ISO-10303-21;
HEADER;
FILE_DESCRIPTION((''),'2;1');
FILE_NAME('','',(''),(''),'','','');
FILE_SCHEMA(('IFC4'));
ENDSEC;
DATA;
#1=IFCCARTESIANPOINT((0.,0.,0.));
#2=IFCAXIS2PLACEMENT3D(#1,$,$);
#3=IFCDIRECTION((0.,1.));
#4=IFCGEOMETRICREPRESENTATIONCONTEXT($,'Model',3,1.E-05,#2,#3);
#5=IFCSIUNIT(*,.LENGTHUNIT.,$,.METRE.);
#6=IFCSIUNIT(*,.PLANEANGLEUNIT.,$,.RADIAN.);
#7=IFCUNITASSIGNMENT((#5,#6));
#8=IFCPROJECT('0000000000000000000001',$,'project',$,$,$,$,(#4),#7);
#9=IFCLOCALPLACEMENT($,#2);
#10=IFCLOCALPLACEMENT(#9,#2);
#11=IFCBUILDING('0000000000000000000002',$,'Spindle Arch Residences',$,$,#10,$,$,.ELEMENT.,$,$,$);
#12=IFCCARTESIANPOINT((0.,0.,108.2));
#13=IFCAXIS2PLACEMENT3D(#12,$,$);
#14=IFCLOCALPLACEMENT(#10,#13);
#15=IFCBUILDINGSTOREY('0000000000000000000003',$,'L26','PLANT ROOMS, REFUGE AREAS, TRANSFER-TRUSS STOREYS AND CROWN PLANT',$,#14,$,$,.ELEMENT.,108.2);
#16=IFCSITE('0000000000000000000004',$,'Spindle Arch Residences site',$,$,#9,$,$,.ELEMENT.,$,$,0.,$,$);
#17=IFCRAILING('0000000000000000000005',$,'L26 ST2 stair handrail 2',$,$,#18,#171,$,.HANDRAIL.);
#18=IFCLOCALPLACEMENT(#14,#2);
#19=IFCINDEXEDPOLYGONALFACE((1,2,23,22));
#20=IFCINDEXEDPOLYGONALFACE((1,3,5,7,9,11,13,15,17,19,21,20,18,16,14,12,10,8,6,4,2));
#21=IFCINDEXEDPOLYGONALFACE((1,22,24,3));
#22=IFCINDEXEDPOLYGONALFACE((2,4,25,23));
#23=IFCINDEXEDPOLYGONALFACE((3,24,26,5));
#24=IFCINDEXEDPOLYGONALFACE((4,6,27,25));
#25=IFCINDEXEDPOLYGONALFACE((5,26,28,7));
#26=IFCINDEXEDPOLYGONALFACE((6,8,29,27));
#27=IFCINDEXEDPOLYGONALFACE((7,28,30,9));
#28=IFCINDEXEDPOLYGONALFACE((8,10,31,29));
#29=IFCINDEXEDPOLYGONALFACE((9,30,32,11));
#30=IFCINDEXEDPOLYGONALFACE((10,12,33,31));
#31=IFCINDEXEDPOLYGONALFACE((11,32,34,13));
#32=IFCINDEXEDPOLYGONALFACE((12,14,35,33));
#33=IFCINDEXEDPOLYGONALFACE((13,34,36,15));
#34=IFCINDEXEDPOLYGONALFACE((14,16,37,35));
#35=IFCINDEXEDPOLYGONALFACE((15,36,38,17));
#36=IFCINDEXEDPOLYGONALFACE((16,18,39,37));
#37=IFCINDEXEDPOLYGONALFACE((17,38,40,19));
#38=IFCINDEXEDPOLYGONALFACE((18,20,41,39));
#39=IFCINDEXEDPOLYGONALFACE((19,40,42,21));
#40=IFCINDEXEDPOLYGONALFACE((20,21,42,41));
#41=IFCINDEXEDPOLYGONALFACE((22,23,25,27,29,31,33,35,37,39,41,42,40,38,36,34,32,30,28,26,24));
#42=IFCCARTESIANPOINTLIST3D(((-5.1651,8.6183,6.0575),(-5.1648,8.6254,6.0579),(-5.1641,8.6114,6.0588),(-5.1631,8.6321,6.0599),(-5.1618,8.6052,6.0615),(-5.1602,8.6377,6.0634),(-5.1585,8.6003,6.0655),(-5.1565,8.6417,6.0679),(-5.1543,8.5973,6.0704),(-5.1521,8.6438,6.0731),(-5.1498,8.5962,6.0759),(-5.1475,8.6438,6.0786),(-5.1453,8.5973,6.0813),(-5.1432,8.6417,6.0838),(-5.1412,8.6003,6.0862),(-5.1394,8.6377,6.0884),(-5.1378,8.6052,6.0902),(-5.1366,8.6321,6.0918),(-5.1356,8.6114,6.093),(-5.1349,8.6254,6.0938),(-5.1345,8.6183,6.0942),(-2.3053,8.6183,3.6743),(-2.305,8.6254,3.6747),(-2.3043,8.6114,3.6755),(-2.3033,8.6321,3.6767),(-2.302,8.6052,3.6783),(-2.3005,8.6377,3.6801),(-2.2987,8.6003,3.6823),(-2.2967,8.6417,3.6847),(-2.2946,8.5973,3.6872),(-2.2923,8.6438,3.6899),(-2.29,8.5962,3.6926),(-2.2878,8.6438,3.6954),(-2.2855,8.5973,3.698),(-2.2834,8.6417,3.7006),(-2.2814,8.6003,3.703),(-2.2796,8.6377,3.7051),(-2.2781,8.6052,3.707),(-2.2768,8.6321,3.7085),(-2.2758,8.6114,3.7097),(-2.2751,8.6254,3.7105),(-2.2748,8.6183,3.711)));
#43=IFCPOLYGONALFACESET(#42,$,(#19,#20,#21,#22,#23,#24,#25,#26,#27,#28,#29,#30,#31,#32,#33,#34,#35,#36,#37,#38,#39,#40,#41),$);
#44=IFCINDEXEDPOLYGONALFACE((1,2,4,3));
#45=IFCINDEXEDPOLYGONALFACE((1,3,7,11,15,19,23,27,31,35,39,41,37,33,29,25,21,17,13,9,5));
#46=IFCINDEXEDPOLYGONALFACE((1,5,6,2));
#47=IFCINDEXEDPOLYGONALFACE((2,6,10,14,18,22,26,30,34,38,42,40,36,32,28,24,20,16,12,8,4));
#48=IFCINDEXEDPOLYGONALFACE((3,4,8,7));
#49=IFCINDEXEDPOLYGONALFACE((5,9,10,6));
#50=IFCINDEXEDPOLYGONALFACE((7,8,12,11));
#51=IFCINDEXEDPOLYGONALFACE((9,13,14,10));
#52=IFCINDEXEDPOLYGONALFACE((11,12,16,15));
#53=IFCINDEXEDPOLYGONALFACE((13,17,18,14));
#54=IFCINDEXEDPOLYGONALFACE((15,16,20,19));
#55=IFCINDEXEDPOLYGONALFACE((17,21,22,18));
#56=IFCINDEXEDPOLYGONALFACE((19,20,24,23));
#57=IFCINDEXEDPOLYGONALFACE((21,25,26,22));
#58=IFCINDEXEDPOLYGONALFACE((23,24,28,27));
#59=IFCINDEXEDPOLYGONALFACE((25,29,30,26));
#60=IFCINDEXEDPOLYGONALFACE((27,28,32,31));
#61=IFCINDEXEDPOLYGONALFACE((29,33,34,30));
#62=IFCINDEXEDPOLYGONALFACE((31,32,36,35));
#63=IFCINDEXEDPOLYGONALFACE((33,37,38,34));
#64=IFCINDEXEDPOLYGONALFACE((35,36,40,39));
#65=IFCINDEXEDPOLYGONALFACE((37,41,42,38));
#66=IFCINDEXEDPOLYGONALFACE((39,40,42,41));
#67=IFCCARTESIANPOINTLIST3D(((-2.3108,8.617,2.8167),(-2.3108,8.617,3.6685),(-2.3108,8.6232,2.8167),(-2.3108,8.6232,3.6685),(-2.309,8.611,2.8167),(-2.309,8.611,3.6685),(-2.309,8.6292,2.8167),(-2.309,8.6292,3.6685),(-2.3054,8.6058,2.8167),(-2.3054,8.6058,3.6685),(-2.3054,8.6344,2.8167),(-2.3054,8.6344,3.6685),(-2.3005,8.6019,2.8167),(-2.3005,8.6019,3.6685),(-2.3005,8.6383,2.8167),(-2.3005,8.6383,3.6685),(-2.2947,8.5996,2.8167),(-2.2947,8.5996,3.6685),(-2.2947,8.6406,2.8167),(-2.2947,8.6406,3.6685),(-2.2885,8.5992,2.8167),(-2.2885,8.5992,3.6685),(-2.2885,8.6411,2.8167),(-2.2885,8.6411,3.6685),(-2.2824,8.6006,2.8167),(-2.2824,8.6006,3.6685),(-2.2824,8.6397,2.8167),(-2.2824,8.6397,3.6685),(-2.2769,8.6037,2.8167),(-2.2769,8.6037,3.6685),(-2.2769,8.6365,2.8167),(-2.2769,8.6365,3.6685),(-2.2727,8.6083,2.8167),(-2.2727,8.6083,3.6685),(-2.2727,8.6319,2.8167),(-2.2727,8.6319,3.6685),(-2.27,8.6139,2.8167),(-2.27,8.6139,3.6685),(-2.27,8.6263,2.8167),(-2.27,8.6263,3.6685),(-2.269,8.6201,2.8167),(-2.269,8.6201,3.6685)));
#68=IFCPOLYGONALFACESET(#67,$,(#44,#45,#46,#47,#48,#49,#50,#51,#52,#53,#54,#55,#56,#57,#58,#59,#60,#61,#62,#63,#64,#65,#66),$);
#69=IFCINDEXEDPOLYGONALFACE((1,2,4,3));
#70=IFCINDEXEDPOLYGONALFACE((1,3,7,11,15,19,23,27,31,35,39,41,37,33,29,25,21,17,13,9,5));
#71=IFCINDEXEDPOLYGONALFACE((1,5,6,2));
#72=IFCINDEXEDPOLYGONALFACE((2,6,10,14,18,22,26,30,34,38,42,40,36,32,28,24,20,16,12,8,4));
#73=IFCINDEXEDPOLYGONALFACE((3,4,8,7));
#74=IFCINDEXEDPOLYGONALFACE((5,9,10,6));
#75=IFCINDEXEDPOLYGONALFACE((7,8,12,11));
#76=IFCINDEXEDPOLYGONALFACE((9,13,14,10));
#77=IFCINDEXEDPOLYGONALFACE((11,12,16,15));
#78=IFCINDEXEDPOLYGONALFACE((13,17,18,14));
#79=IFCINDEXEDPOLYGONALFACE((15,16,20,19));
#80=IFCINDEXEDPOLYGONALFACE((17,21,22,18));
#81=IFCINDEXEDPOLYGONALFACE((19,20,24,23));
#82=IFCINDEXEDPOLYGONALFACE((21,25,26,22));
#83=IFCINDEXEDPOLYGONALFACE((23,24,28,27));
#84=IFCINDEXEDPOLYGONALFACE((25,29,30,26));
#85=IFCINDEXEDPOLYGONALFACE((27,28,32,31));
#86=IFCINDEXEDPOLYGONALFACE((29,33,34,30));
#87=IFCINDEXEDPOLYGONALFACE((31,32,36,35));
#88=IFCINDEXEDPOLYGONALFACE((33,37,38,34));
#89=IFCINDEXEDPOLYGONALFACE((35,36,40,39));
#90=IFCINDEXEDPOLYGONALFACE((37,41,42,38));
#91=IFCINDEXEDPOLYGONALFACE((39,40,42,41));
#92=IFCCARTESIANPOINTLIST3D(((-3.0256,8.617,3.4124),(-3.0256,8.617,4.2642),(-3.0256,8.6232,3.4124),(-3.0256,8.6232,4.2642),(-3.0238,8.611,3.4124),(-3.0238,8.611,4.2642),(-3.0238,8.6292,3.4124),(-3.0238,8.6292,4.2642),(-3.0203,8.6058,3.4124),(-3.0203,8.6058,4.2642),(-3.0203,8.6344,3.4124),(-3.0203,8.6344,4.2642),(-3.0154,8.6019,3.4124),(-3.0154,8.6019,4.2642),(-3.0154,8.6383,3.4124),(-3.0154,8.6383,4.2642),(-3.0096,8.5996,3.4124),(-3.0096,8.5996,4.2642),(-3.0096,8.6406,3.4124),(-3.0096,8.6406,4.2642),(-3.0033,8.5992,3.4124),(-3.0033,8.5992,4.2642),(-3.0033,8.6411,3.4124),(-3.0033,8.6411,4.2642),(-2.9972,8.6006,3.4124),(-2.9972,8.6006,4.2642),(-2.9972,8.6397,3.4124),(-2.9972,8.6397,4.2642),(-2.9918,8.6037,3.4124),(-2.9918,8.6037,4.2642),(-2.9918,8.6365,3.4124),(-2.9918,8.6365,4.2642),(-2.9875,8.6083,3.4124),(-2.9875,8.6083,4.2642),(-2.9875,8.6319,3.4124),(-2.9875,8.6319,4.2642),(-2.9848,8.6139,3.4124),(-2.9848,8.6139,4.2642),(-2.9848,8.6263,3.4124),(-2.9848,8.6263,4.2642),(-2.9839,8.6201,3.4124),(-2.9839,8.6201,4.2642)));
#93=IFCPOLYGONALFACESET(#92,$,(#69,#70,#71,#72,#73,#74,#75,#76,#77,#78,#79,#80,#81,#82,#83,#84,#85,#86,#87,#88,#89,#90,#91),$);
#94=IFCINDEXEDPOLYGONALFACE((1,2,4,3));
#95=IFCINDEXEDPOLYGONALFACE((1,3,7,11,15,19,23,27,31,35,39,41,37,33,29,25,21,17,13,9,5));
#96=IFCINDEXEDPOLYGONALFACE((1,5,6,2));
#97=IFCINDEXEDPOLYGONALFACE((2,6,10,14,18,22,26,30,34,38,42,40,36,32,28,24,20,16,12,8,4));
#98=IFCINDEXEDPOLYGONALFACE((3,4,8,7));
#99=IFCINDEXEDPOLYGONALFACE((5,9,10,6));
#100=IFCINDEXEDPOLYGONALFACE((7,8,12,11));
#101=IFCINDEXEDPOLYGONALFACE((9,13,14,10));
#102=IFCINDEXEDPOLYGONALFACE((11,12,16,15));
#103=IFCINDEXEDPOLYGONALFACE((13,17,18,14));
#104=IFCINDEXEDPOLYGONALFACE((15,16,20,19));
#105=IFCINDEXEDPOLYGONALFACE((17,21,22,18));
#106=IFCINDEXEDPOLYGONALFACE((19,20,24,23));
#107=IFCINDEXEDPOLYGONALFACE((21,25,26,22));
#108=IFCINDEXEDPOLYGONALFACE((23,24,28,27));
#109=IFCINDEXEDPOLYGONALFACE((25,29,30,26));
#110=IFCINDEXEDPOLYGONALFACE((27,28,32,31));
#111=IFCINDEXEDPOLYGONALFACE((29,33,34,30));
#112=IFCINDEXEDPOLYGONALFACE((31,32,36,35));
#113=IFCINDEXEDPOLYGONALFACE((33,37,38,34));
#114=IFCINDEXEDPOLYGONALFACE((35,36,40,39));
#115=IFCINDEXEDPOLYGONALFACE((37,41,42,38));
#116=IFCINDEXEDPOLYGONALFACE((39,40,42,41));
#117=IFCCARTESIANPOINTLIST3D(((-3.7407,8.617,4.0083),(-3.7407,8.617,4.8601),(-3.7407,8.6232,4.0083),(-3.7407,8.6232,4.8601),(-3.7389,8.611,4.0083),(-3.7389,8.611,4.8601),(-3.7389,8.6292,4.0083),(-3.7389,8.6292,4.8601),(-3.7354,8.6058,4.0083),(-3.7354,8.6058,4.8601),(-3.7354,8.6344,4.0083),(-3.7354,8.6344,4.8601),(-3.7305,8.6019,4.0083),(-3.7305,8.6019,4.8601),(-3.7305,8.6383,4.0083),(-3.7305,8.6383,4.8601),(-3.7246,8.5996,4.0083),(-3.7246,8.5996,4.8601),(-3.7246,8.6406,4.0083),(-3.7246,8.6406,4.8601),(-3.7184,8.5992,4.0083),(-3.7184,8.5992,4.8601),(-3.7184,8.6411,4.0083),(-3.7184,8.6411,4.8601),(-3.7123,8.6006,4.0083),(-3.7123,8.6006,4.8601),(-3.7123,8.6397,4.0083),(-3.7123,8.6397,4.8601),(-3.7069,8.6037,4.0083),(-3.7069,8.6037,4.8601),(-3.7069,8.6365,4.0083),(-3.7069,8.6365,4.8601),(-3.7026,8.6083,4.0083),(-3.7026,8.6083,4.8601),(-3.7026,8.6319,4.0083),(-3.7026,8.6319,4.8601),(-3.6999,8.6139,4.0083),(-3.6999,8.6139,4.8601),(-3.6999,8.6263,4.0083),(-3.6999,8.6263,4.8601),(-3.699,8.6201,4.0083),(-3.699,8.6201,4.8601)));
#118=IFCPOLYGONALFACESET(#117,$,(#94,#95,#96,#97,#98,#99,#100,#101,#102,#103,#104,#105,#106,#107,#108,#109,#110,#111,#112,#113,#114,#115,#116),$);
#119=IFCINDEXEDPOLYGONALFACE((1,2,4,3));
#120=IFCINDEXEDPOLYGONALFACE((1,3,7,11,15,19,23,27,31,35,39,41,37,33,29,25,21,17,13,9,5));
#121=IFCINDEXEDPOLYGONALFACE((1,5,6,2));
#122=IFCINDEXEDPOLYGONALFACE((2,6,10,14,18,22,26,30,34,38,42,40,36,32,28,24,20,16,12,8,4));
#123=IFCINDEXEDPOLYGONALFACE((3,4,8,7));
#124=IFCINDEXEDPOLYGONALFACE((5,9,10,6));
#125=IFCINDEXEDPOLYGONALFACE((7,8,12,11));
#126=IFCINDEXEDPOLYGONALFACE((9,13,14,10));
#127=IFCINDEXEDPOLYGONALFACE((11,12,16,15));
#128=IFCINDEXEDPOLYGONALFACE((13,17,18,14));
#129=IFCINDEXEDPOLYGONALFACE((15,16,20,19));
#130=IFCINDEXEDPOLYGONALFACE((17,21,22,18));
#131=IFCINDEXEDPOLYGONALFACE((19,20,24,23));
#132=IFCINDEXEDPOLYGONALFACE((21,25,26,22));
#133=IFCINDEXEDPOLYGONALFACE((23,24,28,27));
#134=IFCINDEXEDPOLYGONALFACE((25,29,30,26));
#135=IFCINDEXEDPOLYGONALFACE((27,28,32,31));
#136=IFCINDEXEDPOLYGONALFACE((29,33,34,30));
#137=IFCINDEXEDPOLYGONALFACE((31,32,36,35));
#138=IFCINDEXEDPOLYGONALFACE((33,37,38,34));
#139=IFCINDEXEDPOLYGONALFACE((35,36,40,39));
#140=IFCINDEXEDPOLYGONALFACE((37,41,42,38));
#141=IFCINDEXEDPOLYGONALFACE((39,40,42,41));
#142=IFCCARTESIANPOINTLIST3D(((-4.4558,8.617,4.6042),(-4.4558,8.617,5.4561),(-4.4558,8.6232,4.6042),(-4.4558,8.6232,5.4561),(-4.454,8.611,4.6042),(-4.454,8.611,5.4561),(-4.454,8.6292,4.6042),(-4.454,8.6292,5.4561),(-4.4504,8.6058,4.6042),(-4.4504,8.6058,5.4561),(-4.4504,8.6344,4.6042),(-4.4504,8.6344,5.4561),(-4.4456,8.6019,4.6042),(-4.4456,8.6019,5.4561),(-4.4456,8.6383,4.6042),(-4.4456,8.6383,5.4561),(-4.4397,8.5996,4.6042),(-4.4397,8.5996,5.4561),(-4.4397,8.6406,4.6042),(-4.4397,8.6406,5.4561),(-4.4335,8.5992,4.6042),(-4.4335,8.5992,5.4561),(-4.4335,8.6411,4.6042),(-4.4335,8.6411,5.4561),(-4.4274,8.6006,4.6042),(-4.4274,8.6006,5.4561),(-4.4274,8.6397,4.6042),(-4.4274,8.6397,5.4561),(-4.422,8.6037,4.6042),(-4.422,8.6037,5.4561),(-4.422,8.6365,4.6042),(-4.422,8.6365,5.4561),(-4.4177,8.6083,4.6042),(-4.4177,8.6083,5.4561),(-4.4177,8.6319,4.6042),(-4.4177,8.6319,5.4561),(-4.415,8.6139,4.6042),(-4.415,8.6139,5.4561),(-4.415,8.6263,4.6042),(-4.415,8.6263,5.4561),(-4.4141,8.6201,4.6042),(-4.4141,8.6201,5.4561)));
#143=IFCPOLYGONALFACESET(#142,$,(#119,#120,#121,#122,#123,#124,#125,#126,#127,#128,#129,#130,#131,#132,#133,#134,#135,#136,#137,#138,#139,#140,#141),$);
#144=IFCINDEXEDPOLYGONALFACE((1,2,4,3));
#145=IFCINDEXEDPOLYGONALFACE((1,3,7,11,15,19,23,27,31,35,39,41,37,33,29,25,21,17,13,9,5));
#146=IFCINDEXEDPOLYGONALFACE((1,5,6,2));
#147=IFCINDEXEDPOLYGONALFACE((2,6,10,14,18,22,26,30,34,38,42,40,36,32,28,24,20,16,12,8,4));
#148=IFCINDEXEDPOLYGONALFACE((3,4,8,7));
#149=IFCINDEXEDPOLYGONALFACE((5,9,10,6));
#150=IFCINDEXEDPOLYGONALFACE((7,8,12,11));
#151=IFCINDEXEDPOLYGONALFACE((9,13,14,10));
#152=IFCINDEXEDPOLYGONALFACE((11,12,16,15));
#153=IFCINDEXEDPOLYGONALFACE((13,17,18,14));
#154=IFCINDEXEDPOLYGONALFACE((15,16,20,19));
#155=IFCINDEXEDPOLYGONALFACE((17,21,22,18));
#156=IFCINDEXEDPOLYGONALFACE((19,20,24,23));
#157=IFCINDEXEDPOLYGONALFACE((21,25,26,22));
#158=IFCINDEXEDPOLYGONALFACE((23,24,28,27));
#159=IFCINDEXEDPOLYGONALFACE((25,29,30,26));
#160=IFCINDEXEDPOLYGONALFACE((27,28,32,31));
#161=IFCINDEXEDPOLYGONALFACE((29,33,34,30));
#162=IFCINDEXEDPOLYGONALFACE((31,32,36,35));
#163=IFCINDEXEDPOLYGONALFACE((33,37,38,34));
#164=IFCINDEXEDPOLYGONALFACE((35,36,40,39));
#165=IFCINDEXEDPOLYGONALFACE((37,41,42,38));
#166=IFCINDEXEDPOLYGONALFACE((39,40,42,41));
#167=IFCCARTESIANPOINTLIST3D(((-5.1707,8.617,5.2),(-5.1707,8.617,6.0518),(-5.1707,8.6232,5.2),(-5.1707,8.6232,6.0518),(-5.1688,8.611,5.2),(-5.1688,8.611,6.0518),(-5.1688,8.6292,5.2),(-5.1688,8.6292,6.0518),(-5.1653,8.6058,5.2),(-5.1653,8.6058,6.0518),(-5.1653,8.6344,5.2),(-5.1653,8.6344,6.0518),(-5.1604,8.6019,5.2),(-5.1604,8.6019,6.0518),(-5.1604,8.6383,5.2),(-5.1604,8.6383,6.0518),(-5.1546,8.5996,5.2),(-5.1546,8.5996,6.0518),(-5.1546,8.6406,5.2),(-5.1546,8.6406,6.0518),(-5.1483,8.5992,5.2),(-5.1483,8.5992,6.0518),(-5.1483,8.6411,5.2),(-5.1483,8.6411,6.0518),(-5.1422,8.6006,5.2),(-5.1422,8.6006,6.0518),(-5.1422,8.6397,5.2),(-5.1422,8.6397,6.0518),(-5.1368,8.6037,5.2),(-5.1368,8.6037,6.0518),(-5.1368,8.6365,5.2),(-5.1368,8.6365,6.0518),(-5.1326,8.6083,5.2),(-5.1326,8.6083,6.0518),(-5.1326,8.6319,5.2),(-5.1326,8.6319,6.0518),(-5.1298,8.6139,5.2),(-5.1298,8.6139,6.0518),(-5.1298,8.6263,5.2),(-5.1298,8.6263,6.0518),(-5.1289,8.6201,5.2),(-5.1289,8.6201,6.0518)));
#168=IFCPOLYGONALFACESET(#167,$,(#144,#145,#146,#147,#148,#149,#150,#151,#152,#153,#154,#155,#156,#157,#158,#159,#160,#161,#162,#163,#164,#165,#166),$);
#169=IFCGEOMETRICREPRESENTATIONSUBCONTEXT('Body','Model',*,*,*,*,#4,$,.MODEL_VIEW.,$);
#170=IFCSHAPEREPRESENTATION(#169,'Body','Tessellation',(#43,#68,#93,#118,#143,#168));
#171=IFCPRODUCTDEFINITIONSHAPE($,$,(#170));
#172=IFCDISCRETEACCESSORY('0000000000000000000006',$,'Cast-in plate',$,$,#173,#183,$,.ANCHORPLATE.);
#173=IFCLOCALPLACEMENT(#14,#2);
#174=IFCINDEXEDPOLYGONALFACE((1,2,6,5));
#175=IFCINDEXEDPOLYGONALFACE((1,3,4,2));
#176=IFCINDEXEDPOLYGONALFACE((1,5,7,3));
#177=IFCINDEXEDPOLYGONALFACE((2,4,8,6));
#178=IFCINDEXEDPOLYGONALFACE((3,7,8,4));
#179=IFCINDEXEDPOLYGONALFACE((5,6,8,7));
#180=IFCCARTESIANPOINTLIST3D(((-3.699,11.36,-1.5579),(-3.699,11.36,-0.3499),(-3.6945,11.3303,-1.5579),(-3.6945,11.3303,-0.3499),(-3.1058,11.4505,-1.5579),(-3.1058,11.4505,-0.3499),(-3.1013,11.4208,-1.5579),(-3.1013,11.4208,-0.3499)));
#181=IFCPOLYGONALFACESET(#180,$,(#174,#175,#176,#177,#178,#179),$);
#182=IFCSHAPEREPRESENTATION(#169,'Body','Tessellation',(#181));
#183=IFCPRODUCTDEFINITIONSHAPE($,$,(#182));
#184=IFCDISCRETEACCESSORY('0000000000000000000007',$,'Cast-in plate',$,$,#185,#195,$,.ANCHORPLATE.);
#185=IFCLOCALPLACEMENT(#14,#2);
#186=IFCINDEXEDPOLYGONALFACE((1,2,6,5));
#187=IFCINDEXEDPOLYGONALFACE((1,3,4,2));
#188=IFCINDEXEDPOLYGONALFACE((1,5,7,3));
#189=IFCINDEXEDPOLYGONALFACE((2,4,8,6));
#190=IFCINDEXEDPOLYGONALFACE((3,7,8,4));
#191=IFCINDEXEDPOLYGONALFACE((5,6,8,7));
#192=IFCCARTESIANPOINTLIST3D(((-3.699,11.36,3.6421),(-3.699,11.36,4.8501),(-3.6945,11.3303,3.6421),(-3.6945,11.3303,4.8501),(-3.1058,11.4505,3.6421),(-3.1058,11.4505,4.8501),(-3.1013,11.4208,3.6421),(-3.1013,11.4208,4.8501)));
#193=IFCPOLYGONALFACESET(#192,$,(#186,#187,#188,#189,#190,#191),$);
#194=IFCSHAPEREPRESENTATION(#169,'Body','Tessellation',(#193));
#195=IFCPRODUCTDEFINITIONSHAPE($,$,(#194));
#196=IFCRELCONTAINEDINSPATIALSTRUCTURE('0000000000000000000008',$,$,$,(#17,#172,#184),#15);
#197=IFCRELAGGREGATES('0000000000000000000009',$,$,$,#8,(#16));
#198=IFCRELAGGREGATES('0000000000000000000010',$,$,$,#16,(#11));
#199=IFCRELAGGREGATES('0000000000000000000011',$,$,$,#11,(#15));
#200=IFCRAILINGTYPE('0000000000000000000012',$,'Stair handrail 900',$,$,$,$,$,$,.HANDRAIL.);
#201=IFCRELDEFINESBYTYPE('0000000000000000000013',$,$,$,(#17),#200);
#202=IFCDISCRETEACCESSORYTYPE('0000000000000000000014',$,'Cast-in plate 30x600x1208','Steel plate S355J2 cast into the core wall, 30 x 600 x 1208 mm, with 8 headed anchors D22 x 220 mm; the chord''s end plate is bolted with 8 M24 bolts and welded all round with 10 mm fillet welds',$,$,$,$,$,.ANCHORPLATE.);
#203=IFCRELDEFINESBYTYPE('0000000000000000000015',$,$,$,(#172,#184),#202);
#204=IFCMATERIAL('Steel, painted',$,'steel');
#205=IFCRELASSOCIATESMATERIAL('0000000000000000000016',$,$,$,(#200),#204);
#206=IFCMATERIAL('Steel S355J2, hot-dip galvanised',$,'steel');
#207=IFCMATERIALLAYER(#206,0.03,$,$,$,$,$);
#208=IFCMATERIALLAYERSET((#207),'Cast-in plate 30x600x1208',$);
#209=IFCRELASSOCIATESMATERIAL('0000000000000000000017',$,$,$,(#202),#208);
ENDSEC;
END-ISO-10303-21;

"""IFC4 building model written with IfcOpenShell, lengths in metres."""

from ifc_helpers import new_model, si_unit, direction, frame, origin, origin_2d, place, context, subcontext, project, spatial, rectangle, circle, extrude, material, layer, layer_set, type_object, element, save


model = new_model("IFC4")

# Units and contexts
model_context = context("Model", 3, precision=1e-05, world=origin(), true_north=direction((0.0, 1.0)))
body_context = subcontext(model_context, "Body", "Model", "MODEL_VIEW")
ifc_project = project(units=[si_unit("LENGTHUNIT", "METRE"), si_unit("PLANEANGLEUNIT", "RADIAN")], contexts=[model_context])

# Site, building, storey
site_placement = place(None, origin())
site = spatial("IfcSite", under=ifc_project, at=site_placement, Name="Spindle Arch Residences site", CompositionType="ELEMENT", RefElevation=0.0)
building_placement = place(site_placement, origin())
building = spatial("IfcBuilding", under=site, at=building_placement, Name="Spindle Arch Residences", CompositionType="ELEMENT")
storey_placement = place(building_placement, frame((0.0, 0.0, 108.2)))
storey = spatial("IfcBuildingStorey", under=building, at=storey_placement, Name="L26", Description="PLANT ROOMS, REFUGE AREAS, TRANSFER-TRUSS STOREYS AND CROWN PLANT", CompositionType="ELEMENT", Elevation=108.2)

# Railing
ifc_material_1 = material(Name="Steel, painted", Category="steel")
railing_type_1 = type_object("IfcRailingType", Name="Stair handrail 900", PredefinedType="HANDRAIL", material=ifc_material_1)
railing_1_placement = place(storey_placement, frame((-2.29, 8.6201, 2.8167)))
element("IfcRailing", 1, at=railing_1_placement, inside=storey, type_object=railing_type_1, Name="L26 ST2 stair handrail 2", PredefinedType="HANDRAIL", context=body_context, shape_type="SweptSolid", body=[
    extrude(circle(Radius=0.0239, at=origin_2d()), frame((0.0, 0.0, 0.876), z_axis=(-0.768211, 0.0, 0.640197), x_axis=(0.0, -1.0, 0.0)), (0.0, 0.0, 1.0), 3.7227),
    extrude(circle(Radius=0.021, at=origin_2d()), origin(), (0.0, 0.0, 1.0), 0.8518),
    extrude(circle(Radius=0.021, at=origin_2d()), frame((-0.7148, 0.0, 0.5957)), (0.0, 0.0, 1.0), 0.8518),
    extrude(circle(Radius=0.021, at=origin_2d()), frame((-1.4299, 0.0, 1.1917)), (0.0, 0.0, 1.0), 0.8518),
    extrude(circle(Radius=0.021, at=origin_2d()), frame((-2.145, 0.0, 1.7876)), (0.0, 0.0, 1.0), 0.8518),
    extrude(circle(Radius=0.021, at=origin_2d()), frame((-2.8599, 0.0, 2.3833)), (0.0, 0.0, 1.0), 0.8518),
])

# Discrete accessories
ifc_material_2 = material(Name="Steel S355J2, hot-dip galvanised", Category="steel")
ifc_layer_1 = layer(ifc_material_2, 0.03)
ifc_layer_set_1 = layer_set([ifc_layer_1], Name="Cast-in plate 30x600x1208")
discrete_accessory_type = type_object("IfcDiscreteAccessoryType", Name="Cast-in plate 30x600x1208", Description="Steel plate S355J2 cast into the core wall, 30 x 600 x 1208 mm, with 8 headed anchors D22 x 220 mm; the chord's end plate is bolted with 8 M24 bolts and welded all round with 10 mm fillet welds", PredefinedType="ANCHORPLATE", material=ifc_layer_set_1)
for number, where, z_axis, x_axis, name in (
    (2, (-3.4001, 11.3904, -1.5579), (0.0, 0.0, 1.0), (-0.150773, 0.988568, 0.0), "Cast-in plate"),
    (3, (-3.4001, 11.3904, 3.6421), (0.0, 0.0, 1.0), (-0.150773, 0.988568, 0.0), "Cast-in plate"),
):
    element("IfcDiscreteAccessory", number, at=place(storey_placement, frame(where, z_axis=z_axis, x_axis=x_axis)), inside=storey, type_object=discrete_accessory_type, Name=name, PredefinedType="ANCHORPLATE", context=body_context, shape_type="SweptSolid", body=[
        extrude(rectangle(XDim=0.03, YDim=0.6001, at=origin_2d()), origin(), (0.0, 0.0, 1.0), 1.208),
    ])

save(model, "model.ifc")
